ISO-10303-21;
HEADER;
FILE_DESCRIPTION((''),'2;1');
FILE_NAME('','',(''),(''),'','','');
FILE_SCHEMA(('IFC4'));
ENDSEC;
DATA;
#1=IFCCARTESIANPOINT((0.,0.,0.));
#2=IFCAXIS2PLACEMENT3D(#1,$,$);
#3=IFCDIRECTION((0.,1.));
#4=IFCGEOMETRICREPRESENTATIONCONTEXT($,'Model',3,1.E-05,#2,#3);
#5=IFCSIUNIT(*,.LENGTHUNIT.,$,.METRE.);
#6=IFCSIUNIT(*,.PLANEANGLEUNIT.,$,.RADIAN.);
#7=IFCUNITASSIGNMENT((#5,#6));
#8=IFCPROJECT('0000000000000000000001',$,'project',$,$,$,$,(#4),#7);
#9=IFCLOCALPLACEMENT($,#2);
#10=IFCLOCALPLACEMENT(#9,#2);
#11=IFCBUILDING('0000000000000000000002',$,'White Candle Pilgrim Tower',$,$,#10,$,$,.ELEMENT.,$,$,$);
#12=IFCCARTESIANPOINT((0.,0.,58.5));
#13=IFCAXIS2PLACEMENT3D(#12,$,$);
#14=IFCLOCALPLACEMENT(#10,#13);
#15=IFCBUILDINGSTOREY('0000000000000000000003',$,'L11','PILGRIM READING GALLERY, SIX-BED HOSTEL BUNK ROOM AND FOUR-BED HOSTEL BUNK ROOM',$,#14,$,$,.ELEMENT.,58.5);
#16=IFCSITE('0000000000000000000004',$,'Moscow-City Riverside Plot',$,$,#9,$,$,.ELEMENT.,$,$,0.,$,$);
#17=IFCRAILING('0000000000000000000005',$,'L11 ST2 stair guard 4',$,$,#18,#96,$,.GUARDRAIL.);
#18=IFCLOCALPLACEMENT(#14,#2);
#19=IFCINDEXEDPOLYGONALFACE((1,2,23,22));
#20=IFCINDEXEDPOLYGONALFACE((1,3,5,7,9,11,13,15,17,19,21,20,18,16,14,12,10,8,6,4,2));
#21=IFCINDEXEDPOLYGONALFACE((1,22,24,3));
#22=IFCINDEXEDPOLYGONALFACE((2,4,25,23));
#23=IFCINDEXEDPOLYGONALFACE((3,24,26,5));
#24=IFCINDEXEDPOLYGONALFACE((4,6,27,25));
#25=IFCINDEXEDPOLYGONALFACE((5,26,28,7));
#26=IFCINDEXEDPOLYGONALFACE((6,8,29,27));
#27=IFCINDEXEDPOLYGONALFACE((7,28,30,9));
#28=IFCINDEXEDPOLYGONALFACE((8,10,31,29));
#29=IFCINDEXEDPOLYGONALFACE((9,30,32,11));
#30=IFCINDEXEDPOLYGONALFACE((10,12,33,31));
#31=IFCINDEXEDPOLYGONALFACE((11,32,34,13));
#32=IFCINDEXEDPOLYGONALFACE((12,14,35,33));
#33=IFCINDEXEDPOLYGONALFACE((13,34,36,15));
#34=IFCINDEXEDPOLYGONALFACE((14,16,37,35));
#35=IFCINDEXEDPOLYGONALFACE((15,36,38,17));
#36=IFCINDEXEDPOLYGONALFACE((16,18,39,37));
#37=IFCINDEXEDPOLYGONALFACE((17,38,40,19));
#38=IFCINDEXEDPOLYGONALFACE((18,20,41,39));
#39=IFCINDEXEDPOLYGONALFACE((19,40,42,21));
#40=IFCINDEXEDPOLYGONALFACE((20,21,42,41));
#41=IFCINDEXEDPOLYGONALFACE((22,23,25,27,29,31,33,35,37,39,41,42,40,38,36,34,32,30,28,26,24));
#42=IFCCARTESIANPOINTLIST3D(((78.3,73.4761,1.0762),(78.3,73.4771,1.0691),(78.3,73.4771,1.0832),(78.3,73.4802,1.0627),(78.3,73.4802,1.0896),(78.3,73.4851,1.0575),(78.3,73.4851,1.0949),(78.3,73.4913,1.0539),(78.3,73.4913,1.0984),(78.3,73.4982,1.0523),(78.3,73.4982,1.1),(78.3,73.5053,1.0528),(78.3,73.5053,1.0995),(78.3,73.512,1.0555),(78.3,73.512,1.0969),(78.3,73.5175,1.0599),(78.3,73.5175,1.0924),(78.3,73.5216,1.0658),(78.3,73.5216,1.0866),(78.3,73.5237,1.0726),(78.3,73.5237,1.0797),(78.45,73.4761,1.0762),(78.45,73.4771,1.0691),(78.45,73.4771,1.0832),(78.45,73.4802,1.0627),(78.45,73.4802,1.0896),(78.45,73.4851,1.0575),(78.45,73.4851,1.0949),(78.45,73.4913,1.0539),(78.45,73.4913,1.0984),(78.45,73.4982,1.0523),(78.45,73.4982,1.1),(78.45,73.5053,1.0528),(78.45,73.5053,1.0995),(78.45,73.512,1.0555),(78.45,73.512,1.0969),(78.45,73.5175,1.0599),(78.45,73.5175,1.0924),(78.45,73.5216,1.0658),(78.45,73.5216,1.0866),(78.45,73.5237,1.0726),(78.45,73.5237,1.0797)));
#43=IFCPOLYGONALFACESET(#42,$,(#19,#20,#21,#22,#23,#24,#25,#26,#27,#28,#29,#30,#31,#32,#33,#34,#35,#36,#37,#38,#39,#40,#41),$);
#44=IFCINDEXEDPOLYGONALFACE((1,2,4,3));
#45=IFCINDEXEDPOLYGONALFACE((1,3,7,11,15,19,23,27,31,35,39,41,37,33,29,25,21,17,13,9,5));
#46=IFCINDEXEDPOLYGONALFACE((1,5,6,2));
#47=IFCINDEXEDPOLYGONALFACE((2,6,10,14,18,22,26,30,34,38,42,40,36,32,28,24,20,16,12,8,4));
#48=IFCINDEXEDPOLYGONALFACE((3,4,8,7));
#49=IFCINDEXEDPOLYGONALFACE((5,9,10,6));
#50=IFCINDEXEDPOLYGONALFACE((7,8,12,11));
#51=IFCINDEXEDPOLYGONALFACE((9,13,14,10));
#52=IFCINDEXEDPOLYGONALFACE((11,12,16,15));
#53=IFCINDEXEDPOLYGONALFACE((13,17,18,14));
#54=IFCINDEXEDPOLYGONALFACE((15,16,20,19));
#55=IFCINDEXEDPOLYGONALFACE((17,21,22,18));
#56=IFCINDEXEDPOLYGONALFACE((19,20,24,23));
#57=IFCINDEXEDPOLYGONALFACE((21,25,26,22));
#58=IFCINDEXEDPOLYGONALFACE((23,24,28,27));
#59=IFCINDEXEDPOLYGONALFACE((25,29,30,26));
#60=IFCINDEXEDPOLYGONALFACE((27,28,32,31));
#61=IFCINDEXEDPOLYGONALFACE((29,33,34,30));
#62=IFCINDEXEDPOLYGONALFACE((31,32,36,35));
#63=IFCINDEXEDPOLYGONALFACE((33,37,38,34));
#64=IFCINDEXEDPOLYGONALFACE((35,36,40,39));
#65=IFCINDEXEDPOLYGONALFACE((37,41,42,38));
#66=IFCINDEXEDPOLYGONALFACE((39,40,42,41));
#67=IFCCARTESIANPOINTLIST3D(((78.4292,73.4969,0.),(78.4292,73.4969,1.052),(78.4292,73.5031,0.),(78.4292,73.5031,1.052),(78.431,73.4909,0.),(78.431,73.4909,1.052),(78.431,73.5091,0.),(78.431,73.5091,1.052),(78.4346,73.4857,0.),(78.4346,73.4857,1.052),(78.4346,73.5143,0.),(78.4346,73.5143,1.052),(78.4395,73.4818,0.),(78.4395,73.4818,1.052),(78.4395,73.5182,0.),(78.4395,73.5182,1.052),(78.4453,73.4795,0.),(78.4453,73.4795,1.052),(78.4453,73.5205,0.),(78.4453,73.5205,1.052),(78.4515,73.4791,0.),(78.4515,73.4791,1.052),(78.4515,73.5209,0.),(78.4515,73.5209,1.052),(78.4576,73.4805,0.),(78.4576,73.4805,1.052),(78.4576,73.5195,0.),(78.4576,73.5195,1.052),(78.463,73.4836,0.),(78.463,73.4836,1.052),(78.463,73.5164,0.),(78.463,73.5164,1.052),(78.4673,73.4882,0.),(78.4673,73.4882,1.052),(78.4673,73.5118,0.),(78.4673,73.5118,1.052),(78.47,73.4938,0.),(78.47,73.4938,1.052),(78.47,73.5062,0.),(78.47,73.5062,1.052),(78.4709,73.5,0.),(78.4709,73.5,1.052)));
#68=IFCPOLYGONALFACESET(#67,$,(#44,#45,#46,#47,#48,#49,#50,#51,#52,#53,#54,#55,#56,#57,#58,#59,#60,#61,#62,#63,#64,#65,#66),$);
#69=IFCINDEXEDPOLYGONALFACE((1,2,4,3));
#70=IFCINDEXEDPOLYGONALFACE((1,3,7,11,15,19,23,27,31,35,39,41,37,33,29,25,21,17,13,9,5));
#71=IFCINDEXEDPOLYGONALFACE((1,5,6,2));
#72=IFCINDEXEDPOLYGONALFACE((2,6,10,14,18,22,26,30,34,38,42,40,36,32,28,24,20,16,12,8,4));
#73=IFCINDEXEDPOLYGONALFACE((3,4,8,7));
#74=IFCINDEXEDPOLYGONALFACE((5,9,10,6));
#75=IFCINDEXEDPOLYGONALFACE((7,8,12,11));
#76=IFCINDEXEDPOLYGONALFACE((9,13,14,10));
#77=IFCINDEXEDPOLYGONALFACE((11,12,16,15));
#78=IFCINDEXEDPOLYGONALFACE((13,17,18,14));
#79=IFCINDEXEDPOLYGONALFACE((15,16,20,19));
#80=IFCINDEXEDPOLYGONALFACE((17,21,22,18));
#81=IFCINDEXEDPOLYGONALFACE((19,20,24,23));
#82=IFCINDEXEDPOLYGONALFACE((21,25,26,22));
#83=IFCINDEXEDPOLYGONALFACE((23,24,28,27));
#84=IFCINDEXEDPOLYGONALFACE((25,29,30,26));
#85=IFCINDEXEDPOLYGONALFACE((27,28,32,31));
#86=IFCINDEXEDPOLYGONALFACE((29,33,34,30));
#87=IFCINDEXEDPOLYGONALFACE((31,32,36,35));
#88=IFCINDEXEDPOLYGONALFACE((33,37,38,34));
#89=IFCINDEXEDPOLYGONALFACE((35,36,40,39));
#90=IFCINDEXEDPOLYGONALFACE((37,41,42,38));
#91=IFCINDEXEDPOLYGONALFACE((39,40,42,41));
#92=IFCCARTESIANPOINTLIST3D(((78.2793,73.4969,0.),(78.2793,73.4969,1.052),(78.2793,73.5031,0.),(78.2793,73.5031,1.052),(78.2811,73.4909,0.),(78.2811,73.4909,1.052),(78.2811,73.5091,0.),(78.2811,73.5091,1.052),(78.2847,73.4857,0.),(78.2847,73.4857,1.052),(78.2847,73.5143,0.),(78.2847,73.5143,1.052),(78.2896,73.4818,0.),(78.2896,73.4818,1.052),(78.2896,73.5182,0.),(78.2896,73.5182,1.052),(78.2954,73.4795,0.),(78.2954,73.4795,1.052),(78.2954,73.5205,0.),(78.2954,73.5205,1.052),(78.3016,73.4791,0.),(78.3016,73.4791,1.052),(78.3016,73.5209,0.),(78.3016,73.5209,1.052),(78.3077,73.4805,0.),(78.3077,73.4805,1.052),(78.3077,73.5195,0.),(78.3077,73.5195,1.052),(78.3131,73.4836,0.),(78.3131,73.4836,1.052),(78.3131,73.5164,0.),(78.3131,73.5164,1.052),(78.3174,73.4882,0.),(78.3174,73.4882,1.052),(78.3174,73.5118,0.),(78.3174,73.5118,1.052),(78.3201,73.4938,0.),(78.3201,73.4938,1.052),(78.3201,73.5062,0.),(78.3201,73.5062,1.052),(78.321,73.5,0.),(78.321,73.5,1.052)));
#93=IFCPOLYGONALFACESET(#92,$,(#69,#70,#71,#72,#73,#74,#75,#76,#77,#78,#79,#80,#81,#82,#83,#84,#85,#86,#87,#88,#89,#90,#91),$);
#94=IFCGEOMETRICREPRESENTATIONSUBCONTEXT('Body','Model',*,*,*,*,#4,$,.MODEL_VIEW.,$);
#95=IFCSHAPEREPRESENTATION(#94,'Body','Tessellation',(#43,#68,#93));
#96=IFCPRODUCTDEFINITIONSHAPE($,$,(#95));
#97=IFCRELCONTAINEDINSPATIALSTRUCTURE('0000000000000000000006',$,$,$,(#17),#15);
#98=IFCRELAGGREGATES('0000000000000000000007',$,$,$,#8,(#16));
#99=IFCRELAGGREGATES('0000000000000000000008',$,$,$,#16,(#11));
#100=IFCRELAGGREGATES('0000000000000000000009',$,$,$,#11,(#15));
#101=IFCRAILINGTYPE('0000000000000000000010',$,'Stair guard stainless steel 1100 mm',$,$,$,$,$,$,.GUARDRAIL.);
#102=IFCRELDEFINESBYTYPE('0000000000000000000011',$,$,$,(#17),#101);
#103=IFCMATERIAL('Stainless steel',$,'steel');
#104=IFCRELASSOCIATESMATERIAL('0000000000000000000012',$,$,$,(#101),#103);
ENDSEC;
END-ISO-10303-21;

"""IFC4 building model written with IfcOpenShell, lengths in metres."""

from ifc_helpers import new_model, si_unit, direction, frame, origin, origin_2d, place, context, subcontext, project, spatial, circle, extrude, material, type_object, element, save


model = new_model("IFC4")

# Units and contexts
model_context = context("Model", 3, precision=1e-05, world=origin(), true_north=direction((0.0, 1.0)))
body_context = subcontext(model_context, "Body", "Model", "MODEL_VIEW")
ifc_project = project(units=[si_unit("LENGTHUNIT", "METRE"), si_unit("PLANEANGLEUNIT", "RADIAN")], contexts=[model_context])

# Site, building, storey
site_placement = place(None, origin())
site = spatial("IfcSite", under=ifc_project, at=site_placement, Name="Moscow-City Riverside Plot", CompositionType="ELEMENT", RefElevation=0.0)
building_placement = place(site_placement, origin())
building = spatial("IfcBuilding", under=site, at=building_placement, Name="White Candle Pilgrim Tower", CompositionType="ELEMENT")
storey_placement = place(building_placement, frame((0.0, 0.0, 58.5)))
storey = spatial("IfcBuildingStorey", under=building, at=storey_placement, Name="L11", Description="PILGRIM READING GALLERY, SIX-BED HOSTEL BUNK ROOM AND FOUR-BED HOSTEL BUNK ROOM", CompositionType="ELEMENT", Elevation=58.5)

# Railing
ifc_material_1 = material(Name="Stainless steel", Category="steel")
railing_type_1 = type_object("IfcRailingType", Name="Stair guard stainless steel 1100 mm", PredefinedType="GUARDRAIL", material=ifc_material_1)
railing_1_placement = place(storey_placement, frame((78.45, 73.5, 0.0)))
element("IfcRailing", 1, at=railing_1_placement, inside=storey, type_object=railing_type_1, Name="L11 ST2 stair guard 4", PredefinedType="GUARDRAIL", context=body_context, shape_type="SweptSolid", body=[
    extrude(circle(Radius=0.0239, at=origin_2d()), frame((0.0, 0.0, 1.0762), z_axis=(-1.0, 0.0, 0.0), x_axis=(0.0, -1.0, 0.0)), (0.0, 0.0, 1.0), 0.1499),
    extrude(circle(Radius=0.021, at=origin_2d()), origin(), (0.0, 0.0, 1.0), 1.052),
    extrude(circle(Radius=0.021, at=origin_2d()), frame((-0.1499, 0.0, 0.0)), (0.0, 0.0, 1.0), 1.052),
])

save(model, "model.ifc")
